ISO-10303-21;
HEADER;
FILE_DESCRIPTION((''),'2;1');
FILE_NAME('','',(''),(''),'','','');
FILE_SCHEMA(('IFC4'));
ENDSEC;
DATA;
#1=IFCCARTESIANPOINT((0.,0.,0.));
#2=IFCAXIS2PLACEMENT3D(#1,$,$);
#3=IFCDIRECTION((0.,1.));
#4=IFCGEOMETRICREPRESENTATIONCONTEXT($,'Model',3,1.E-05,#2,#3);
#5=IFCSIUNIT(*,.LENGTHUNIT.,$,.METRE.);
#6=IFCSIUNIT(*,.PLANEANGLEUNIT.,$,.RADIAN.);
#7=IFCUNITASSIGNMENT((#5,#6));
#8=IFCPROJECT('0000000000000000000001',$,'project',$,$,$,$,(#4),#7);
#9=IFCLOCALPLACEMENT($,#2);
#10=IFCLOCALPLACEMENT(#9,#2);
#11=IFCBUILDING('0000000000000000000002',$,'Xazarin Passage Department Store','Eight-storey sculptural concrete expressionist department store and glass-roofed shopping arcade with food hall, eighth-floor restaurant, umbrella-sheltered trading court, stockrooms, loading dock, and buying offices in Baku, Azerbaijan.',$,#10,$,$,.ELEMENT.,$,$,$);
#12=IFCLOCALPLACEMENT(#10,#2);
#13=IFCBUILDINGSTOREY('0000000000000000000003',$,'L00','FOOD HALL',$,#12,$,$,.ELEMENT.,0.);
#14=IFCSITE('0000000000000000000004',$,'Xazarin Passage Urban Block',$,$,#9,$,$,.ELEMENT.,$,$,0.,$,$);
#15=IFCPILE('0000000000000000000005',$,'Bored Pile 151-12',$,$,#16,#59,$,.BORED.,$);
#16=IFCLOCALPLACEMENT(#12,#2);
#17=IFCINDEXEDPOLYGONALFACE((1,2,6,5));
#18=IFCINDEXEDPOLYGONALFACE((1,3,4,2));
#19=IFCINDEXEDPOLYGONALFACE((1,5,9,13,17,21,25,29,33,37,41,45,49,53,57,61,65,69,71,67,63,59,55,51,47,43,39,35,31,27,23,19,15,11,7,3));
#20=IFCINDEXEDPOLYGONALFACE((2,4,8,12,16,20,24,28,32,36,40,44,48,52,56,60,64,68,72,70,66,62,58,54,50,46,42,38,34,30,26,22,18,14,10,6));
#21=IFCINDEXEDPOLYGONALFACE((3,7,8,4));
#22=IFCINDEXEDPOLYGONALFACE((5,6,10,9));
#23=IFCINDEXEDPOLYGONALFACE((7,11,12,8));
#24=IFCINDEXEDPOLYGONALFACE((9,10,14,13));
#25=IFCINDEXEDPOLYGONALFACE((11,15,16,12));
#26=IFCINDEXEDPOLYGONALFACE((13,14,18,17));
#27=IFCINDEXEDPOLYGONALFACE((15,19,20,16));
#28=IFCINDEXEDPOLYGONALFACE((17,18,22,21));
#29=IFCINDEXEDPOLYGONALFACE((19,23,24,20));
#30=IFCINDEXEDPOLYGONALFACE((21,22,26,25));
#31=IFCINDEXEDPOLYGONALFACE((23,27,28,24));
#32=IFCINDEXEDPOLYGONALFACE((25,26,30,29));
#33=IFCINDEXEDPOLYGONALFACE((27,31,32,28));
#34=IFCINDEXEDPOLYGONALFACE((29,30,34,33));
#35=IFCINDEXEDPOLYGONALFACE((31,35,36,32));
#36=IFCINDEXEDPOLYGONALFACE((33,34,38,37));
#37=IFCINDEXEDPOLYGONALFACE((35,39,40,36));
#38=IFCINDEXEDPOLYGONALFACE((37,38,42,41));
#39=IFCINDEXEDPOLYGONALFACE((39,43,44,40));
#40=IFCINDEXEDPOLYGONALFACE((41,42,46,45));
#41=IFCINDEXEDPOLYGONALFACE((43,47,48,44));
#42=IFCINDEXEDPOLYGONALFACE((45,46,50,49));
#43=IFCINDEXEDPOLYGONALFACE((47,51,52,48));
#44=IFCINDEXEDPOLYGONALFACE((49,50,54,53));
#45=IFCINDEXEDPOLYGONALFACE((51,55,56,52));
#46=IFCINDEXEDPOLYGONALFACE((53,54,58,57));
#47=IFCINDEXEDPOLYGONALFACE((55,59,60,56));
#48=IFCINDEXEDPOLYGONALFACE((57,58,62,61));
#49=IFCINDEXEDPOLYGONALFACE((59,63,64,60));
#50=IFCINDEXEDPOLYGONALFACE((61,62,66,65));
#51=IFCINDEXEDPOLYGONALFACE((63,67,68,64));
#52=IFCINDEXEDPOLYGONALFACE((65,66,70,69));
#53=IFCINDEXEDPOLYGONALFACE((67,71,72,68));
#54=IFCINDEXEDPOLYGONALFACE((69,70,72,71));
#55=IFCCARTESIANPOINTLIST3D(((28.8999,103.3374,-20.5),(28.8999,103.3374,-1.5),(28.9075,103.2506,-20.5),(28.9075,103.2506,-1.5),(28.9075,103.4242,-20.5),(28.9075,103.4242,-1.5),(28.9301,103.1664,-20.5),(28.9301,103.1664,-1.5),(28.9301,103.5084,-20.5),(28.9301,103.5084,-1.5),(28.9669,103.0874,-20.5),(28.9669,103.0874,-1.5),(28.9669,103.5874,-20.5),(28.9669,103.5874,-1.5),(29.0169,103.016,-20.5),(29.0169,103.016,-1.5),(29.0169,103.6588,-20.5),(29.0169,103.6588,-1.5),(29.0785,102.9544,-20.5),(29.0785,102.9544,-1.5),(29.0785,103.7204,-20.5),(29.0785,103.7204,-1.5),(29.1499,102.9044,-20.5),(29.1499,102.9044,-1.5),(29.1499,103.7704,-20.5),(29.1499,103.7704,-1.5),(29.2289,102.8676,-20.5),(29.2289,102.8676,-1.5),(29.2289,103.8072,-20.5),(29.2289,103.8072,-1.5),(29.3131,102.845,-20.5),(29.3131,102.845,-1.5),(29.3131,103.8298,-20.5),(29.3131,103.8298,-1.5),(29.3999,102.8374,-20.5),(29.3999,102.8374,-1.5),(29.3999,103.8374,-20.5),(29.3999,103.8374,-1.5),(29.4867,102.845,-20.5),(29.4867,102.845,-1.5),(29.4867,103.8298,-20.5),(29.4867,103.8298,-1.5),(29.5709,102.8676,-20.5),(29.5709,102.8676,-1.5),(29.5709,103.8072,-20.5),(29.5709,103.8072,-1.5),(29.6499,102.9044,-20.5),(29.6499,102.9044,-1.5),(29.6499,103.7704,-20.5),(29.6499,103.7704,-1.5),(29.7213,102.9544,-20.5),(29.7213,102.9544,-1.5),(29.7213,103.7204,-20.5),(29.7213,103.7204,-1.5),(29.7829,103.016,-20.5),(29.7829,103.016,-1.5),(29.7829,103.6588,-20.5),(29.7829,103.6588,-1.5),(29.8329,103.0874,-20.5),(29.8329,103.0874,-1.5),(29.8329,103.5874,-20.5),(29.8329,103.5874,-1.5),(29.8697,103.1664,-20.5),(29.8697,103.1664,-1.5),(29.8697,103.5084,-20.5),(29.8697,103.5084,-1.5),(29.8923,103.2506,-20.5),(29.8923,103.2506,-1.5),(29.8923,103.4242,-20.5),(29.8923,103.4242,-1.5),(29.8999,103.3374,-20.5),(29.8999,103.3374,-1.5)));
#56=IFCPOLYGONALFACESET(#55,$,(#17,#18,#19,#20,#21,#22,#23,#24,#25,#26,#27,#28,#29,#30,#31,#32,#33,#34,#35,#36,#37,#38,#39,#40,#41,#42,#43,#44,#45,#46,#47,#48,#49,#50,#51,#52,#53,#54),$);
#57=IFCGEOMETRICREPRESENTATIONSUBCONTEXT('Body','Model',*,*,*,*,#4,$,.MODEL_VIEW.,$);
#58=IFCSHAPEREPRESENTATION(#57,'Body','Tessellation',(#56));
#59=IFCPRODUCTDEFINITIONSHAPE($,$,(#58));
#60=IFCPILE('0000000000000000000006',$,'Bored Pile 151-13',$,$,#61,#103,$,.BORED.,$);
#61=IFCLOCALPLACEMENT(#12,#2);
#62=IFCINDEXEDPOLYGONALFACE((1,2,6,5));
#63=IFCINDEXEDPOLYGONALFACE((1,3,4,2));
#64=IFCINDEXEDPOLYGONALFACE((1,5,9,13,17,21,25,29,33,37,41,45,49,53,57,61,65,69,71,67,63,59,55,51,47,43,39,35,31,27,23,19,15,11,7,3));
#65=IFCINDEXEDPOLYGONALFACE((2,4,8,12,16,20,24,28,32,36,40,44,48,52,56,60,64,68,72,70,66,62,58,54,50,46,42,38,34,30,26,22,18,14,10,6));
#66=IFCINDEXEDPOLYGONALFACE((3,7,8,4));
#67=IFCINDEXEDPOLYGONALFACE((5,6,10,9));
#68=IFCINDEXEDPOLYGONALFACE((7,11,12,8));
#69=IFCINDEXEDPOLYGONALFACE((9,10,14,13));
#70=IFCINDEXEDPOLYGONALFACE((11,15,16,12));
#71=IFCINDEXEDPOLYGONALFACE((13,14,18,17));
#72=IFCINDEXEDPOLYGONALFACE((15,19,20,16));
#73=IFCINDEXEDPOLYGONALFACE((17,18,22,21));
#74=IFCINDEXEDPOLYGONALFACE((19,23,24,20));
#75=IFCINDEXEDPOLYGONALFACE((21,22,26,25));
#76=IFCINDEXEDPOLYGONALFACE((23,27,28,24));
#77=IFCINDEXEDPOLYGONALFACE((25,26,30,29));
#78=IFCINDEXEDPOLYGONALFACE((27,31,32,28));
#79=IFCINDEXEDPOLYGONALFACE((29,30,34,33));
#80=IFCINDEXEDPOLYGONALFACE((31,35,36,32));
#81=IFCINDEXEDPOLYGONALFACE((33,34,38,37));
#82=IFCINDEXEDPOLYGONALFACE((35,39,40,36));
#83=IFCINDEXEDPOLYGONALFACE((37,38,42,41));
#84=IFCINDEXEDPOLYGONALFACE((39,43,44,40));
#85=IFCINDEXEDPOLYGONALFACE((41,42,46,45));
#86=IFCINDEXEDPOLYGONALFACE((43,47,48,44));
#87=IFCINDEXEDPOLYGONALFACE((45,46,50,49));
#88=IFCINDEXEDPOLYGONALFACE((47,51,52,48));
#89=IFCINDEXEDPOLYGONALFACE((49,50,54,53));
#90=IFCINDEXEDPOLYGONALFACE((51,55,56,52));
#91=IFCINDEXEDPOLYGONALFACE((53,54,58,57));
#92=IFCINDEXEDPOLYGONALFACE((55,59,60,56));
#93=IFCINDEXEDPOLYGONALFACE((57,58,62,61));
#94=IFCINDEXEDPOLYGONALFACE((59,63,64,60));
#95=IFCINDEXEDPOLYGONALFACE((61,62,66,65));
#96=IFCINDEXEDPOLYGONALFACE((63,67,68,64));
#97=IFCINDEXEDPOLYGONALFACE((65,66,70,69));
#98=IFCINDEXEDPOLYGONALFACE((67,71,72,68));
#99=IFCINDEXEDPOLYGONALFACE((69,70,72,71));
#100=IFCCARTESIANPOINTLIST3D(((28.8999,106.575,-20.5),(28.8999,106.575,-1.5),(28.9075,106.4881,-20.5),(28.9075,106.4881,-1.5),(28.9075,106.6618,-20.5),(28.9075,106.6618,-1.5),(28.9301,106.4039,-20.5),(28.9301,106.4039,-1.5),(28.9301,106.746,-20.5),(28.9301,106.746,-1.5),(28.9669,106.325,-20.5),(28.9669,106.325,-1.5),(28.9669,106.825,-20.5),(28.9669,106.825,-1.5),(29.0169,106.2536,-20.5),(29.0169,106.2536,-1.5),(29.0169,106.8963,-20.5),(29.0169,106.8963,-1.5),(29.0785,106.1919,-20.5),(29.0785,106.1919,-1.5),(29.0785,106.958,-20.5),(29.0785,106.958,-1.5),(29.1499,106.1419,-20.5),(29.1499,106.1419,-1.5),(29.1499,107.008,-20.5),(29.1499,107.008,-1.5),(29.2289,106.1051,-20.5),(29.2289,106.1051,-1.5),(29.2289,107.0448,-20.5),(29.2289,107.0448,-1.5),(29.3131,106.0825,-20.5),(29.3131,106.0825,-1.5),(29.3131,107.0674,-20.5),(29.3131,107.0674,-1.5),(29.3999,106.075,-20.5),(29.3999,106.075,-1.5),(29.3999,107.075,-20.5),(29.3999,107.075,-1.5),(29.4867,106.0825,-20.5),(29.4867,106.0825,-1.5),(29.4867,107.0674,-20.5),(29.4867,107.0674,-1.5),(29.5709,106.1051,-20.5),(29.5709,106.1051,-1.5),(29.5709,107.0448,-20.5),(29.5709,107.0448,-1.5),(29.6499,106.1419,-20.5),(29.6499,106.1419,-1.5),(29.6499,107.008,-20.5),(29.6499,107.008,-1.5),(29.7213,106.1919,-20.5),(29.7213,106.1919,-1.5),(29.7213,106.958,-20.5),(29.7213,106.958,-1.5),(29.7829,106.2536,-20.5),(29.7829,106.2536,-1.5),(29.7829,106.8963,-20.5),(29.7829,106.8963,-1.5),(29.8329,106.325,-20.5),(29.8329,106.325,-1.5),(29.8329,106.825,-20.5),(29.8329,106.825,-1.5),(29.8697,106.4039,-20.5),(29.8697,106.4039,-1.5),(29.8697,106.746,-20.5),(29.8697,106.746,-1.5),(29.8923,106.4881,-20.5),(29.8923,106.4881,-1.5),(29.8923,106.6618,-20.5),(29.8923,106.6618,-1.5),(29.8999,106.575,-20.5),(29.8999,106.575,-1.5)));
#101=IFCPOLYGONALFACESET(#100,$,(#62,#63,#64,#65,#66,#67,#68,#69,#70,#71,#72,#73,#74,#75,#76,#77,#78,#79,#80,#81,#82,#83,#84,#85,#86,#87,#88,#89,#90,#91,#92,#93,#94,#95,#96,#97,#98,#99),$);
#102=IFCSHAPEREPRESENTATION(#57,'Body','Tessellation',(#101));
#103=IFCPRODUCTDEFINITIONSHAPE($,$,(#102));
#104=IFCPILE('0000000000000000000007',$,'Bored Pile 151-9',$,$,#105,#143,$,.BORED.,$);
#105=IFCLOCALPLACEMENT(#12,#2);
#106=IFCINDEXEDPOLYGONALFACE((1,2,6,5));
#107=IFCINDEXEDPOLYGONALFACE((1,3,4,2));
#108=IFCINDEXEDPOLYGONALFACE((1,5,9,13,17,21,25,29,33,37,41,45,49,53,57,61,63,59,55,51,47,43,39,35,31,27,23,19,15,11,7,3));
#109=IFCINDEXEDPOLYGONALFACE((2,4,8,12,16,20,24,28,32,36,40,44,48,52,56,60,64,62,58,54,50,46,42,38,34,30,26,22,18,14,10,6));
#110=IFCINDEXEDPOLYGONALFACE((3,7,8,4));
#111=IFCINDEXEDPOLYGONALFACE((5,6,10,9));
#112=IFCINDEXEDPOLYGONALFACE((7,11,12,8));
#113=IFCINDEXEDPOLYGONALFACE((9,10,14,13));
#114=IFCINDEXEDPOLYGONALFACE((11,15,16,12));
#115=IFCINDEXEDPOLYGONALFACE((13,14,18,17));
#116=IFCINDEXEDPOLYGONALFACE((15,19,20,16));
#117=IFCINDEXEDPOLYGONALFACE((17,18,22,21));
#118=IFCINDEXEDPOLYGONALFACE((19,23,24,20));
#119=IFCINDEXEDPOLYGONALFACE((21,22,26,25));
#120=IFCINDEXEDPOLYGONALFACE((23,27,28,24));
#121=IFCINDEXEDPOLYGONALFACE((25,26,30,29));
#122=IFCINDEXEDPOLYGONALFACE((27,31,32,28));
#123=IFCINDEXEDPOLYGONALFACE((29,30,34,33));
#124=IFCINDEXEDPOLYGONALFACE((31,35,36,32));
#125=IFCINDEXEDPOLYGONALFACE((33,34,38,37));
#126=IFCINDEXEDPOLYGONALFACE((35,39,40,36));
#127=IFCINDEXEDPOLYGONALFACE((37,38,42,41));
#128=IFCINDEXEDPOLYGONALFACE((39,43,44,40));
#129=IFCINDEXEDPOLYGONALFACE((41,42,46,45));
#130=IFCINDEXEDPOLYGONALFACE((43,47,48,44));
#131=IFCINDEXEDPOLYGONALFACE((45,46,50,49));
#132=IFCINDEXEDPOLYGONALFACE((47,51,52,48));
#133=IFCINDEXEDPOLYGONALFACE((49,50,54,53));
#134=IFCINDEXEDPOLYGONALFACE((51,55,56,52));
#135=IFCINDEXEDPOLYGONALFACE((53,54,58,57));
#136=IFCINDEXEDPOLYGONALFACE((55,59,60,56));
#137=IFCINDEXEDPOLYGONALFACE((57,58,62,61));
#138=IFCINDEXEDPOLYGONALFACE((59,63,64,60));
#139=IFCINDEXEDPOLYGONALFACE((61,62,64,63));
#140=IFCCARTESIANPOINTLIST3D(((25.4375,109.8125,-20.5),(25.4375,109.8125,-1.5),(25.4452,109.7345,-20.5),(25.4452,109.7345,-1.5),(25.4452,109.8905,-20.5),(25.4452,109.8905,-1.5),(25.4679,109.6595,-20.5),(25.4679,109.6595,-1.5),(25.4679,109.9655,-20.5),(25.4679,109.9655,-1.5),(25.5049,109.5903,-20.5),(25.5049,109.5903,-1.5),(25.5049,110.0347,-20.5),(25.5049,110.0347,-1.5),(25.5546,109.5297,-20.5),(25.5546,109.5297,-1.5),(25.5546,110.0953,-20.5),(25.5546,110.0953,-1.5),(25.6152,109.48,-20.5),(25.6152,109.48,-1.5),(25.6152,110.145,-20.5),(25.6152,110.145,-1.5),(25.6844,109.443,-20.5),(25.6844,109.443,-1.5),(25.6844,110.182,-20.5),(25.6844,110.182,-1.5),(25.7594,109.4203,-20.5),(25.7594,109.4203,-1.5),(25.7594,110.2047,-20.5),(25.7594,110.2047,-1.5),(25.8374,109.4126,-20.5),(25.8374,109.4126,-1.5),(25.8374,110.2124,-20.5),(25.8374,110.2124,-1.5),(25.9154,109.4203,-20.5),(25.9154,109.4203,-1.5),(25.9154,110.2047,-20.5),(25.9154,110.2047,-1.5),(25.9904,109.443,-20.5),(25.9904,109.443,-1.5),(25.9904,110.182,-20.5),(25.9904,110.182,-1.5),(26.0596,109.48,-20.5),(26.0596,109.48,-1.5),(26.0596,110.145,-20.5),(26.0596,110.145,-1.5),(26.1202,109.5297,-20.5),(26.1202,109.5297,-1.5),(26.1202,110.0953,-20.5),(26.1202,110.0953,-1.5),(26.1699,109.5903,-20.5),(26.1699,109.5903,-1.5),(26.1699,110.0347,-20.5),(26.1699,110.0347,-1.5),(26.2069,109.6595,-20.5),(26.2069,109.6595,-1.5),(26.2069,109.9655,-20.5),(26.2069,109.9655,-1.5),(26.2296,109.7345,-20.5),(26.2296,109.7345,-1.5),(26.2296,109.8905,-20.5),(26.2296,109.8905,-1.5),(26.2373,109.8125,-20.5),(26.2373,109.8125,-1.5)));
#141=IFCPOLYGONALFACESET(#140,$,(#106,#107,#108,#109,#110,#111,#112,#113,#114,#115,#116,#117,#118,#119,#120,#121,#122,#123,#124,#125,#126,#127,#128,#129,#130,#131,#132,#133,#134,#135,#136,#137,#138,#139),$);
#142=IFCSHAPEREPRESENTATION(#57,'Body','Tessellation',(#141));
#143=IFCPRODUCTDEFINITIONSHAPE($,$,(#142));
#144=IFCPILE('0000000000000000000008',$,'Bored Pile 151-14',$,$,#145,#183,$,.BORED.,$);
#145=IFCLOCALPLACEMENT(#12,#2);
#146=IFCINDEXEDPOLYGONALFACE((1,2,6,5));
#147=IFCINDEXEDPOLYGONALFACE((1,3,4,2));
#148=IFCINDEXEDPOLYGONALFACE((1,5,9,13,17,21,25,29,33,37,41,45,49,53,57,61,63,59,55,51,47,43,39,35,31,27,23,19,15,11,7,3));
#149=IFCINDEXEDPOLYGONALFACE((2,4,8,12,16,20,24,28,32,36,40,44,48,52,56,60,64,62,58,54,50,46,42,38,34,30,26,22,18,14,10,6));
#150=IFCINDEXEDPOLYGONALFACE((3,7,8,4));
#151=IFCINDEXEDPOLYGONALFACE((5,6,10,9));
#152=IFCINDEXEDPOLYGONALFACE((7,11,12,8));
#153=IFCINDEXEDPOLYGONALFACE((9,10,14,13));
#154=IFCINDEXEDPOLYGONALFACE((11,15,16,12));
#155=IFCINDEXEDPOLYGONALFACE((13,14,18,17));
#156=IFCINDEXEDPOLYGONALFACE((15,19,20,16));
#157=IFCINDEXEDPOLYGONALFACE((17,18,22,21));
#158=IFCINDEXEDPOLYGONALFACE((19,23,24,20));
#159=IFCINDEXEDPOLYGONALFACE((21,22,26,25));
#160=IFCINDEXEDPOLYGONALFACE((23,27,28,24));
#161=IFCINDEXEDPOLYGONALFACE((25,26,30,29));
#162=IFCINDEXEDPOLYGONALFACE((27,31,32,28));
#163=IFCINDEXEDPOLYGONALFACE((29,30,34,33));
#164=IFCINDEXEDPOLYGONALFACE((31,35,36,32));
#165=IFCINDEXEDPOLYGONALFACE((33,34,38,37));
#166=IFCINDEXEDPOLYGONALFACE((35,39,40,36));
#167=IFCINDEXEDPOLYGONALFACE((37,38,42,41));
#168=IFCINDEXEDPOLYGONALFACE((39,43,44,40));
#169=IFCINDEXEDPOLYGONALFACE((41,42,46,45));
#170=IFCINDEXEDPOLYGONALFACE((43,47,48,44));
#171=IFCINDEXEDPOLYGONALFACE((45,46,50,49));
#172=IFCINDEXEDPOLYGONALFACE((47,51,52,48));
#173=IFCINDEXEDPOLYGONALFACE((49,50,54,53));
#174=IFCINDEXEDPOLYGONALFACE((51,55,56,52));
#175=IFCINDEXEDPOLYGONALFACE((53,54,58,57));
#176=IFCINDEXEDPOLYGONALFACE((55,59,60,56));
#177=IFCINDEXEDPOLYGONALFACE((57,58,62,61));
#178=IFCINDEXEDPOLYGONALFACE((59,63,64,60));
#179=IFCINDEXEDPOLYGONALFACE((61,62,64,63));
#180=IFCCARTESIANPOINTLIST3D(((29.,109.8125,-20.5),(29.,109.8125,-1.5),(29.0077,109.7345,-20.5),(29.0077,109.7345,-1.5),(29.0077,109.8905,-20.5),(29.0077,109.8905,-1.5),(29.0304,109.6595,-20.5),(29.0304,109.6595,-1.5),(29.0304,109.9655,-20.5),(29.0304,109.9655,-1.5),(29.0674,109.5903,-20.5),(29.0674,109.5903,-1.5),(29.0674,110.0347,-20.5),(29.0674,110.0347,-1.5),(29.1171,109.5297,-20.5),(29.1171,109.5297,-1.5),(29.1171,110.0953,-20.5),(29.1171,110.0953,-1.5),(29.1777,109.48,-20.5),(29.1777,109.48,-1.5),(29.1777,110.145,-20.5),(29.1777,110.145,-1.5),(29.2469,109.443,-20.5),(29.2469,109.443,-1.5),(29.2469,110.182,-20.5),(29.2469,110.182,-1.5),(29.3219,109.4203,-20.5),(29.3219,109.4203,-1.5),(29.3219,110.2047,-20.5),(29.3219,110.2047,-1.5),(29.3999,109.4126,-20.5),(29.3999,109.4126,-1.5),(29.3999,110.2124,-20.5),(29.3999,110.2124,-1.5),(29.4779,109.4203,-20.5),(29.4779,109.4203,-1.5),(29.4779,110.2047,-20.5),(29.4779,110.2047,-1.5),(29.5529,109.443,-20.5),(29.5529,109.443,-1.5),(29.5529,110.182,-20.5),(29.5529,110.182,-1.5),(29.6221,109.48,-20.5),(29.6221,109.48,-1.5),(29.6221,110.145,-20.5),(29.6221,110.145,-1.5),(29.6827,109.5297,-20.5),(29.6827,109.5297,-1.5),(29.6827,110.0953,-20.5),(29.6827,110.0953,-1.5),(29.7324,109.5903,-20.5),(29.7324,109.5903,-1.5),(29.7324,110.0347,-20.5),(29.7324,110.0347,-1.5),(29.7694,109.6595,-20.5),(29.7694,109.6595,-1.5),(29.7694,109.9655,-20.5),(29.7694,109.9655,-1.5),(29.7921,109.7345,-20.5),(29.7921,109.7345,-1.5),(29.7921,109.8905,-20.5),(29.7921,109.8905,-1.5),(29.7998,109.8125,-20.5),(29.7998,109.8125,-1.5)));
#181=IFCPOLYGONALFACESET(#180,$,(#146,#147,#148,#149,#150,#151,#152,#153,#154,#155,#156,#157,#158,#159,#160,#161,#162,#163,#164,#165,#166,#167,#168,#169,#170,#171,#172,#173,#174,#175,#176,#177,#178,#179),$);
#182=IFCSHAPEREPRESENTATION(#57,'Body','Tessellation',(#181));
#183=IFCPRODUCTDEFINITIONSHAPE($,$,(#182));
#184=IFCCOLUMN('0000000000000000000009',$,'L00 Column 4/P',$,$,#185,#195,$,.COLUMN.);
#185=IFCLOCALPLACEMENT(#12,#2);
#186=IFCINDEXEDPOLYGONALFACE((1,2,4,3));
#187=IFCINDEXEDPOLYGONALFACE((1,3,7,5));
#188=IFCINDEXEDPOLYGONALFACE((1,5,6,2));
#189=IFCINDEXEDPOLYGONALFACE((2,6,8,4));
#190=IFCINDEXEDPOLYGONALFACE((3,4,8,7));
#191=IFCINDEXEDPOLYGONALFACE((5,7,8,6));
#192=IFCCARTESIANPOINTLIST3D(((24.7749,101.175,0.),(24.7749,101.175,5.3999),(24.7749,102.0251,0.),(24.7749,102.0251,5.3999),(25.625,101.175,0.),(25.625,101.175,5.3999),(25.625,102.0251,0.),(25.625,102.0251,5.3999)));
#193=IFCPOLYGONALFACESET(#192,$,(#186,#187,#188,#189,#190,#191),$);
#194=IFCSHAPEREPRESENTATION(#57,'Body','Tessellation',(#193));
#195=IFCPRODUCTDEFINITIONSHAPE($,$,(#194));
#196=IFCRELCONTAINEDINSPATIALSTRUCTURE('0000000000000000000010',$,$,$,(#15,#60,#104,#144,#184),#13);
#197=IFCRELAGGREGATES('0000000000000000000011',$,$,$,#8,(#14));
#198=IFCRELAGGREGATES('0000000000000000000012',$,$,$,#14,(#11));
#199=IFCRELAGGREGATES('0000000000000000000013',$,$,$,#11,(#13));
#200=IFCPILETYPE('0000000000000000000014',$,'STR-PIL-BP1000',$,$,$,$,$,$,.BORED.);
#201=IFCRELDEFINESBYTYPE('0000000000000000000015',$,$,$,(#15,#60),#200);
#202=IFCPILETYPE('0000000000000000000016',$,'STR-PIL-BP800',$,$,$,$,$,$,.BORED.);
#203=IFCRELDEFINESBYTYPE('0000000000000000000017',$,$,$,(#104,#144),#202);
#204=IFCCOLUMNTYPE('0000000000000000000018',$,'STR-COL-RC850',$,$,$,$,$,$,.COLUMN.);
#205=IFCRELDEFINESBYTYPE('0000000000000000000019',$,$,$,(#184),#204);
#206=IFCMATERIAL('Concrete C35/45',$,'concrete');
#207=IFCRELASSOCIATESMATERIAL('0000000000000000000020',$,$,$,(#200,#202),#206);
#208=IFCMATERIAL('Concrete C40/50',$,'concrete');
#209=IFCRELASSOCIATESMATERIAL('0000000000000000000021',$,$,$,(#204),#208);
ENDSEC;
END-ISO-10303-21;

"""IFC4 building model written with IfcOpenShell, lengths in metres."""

from ifc_helpers import new_model, si_unit, direction, frame, origin, origin_2d, place, context, subcontext, project, spatial, rectangle, circle, extrude, material, material_profile, profile_set, type_object, element, save


model = new_model("IFC4")

# Units and contexts
model_context = context("Model", 3, precision=1e-05, world=origin(), true_north=direction((0.0, 1.0)))
body_context = subcontext(model_context, "Body", "Model", "MODEL_VIEW")
ifc_project = project(units=[si_unit("LENGTHUNIT", "METRE"), si_unit("PLANEANGLEUNIT", "RADIAN")], contexts=[model_context])

# Site, building, storey
site_placement = place(None, origin())
site = spatial("IfcSite", under=ifc_project, at=site_placement, Name="Xazarin Passage Urban Block", CompositionType="ELEMENT", RefElevation=0.0)
building_placement = place(site_placement, origin())
building = spatial("IfcBuilding", under=site, at=building_placement, Name="Xazarin Passage Department Store", Description="Eight-storey sculptural concrete expressionist department store and glass-roofed shopping arcade with food hall, eighth-floor restaurant, umbrella-sheltered trading court, stockrooms, loading dock, and buying offices in Baku, Azerbaijan.", CompositionType="ELEMENT")
storey_placement = place(building_placement, origin())
storey = spatial("IfcBuildingStorey", under=building, at=storey_placement, Name="L00", Description="FOOD HALL", CompositionType="ELEMENT", Elevation=0.0)

# Shared definitions
ifc_material_1 = material(Name="Concrete C35/45", Category="concrete")

# Piles
ifc_material_profile_1 = material_profile(ifc_material_1, circle(Radius=0.5, at=origin_2d()), Name="BP 1000")
ifc_profile_set_1 = profile_set([ifc_material_profile_1], Name="Concrete C35/45")
pile_type_1 = type_object("IfcPileType", Name="STR-PIL-BP1000", PredefinedType="BORED", material=ifc_profile_set_1)
for number, where, z_axis, x_axis, name in (
    (1, (29.3999, 103.3374, -1.5), (0.0, 0.0, -1.0), (1.0, 0.0, 0.0), "Bored Pile 151-12"),
    (2, (29.3999, 106.575, -1.5), (0.0, 0.0, -1.0), (1.0, 0.0, 0.0), "Bored Pile 151-13"),
):
    element("IfcPile", number, at=place(storey_placement, frame(where, z_axis=z_axis, x_axis=x_axis)), inside=storey, type_object=pile_type_1, Name=name, PredefinedType="BORED", context=body_context, shape_type="SweptSolid", body=[
        extrude(circle(Radius=0.5, at=origin_2d()), origin(), (0.0, 0.0, 1.0), 19.0),
    ])
ifc_material_profile_2 = material_profile(ifc_material_1, circle(Radius=0.3999, at=origin_2d()), Name="BP 800")
ifc_profile_set_2 = profile_set([ifc_material_profile_2], Name="Concrete C35/45")
pile_type_2 = type_object("IfcPileType", Name="STR-PIL-BP800", PredefinedType="BORED", material=ifc_profile_set_2)
for number, where, z_axis, x_axis, name in (
    (3, (25.8374, 109.8125, -1.5), (0.0, 0.0, -1.0), (1.0, 0.0, 0.0), "Bored Pile 151-9"),
    (4, (29.3999, 109.8125, -1.5), (0.0, 0.0, -1.0), (1.0, 0.0, 0.0), "Bored Pile 151-14"),
):
    element("IfcPile", number, at=place(storey_placement, frame(where, z_axis=z_axis, x_axis=x_axis)), inside=storey, type_object=pile_type_2, Name=name, PredefinedType="BORED", context=body_context, shape_type="SweptSolid", body=[
        extrude(circle(Radius=0.3999, at=origin_2d()), origin(), (0.0, 0.0, 1.0), 19.0),
    ])

# Column
ifc_material_2 = material(Name="Concrete C40/50", Category="concrete")
ifc_material_profile_3 = material_profile(ifc_material_2, rectangle(XDim=0.8501, YDim=0.8501, at=origin_2d()), Name="RC 850x850")
ifc_profile_set_3 = profile_set([ifc_material_profile_3], Name="Concrete C40/50")
column_type = type_object("IfcColumnType", Name="STR-COL-RC850", PredefinedType="COLUMN", material=ifc_profile_set_3)
for number, where, z_axis, x_axis, name in (
    (5, (25.2, 101.6001, 0.0), (0.0, 0.0, 1.0), (1.0, 0.0, 0.0), "L00 Column 4/P"),
):
    element("IfcColumn", number, at=place(storey_placement, frame(where, z_axis=z_axis, x_axis=x_axis)), inside=storey, type_object=column_type, Name=name, PredefinedType="COLUMN", context=body_context, shape_type="SweptSolid", body=[
        extrude(rectangle(XDim=0.8501, YDim=0.8501, at=origin_2d()), origin(), (0.0, 0.0, 1.0), 5.3999),
    ])

save(model, "model.ifc")
